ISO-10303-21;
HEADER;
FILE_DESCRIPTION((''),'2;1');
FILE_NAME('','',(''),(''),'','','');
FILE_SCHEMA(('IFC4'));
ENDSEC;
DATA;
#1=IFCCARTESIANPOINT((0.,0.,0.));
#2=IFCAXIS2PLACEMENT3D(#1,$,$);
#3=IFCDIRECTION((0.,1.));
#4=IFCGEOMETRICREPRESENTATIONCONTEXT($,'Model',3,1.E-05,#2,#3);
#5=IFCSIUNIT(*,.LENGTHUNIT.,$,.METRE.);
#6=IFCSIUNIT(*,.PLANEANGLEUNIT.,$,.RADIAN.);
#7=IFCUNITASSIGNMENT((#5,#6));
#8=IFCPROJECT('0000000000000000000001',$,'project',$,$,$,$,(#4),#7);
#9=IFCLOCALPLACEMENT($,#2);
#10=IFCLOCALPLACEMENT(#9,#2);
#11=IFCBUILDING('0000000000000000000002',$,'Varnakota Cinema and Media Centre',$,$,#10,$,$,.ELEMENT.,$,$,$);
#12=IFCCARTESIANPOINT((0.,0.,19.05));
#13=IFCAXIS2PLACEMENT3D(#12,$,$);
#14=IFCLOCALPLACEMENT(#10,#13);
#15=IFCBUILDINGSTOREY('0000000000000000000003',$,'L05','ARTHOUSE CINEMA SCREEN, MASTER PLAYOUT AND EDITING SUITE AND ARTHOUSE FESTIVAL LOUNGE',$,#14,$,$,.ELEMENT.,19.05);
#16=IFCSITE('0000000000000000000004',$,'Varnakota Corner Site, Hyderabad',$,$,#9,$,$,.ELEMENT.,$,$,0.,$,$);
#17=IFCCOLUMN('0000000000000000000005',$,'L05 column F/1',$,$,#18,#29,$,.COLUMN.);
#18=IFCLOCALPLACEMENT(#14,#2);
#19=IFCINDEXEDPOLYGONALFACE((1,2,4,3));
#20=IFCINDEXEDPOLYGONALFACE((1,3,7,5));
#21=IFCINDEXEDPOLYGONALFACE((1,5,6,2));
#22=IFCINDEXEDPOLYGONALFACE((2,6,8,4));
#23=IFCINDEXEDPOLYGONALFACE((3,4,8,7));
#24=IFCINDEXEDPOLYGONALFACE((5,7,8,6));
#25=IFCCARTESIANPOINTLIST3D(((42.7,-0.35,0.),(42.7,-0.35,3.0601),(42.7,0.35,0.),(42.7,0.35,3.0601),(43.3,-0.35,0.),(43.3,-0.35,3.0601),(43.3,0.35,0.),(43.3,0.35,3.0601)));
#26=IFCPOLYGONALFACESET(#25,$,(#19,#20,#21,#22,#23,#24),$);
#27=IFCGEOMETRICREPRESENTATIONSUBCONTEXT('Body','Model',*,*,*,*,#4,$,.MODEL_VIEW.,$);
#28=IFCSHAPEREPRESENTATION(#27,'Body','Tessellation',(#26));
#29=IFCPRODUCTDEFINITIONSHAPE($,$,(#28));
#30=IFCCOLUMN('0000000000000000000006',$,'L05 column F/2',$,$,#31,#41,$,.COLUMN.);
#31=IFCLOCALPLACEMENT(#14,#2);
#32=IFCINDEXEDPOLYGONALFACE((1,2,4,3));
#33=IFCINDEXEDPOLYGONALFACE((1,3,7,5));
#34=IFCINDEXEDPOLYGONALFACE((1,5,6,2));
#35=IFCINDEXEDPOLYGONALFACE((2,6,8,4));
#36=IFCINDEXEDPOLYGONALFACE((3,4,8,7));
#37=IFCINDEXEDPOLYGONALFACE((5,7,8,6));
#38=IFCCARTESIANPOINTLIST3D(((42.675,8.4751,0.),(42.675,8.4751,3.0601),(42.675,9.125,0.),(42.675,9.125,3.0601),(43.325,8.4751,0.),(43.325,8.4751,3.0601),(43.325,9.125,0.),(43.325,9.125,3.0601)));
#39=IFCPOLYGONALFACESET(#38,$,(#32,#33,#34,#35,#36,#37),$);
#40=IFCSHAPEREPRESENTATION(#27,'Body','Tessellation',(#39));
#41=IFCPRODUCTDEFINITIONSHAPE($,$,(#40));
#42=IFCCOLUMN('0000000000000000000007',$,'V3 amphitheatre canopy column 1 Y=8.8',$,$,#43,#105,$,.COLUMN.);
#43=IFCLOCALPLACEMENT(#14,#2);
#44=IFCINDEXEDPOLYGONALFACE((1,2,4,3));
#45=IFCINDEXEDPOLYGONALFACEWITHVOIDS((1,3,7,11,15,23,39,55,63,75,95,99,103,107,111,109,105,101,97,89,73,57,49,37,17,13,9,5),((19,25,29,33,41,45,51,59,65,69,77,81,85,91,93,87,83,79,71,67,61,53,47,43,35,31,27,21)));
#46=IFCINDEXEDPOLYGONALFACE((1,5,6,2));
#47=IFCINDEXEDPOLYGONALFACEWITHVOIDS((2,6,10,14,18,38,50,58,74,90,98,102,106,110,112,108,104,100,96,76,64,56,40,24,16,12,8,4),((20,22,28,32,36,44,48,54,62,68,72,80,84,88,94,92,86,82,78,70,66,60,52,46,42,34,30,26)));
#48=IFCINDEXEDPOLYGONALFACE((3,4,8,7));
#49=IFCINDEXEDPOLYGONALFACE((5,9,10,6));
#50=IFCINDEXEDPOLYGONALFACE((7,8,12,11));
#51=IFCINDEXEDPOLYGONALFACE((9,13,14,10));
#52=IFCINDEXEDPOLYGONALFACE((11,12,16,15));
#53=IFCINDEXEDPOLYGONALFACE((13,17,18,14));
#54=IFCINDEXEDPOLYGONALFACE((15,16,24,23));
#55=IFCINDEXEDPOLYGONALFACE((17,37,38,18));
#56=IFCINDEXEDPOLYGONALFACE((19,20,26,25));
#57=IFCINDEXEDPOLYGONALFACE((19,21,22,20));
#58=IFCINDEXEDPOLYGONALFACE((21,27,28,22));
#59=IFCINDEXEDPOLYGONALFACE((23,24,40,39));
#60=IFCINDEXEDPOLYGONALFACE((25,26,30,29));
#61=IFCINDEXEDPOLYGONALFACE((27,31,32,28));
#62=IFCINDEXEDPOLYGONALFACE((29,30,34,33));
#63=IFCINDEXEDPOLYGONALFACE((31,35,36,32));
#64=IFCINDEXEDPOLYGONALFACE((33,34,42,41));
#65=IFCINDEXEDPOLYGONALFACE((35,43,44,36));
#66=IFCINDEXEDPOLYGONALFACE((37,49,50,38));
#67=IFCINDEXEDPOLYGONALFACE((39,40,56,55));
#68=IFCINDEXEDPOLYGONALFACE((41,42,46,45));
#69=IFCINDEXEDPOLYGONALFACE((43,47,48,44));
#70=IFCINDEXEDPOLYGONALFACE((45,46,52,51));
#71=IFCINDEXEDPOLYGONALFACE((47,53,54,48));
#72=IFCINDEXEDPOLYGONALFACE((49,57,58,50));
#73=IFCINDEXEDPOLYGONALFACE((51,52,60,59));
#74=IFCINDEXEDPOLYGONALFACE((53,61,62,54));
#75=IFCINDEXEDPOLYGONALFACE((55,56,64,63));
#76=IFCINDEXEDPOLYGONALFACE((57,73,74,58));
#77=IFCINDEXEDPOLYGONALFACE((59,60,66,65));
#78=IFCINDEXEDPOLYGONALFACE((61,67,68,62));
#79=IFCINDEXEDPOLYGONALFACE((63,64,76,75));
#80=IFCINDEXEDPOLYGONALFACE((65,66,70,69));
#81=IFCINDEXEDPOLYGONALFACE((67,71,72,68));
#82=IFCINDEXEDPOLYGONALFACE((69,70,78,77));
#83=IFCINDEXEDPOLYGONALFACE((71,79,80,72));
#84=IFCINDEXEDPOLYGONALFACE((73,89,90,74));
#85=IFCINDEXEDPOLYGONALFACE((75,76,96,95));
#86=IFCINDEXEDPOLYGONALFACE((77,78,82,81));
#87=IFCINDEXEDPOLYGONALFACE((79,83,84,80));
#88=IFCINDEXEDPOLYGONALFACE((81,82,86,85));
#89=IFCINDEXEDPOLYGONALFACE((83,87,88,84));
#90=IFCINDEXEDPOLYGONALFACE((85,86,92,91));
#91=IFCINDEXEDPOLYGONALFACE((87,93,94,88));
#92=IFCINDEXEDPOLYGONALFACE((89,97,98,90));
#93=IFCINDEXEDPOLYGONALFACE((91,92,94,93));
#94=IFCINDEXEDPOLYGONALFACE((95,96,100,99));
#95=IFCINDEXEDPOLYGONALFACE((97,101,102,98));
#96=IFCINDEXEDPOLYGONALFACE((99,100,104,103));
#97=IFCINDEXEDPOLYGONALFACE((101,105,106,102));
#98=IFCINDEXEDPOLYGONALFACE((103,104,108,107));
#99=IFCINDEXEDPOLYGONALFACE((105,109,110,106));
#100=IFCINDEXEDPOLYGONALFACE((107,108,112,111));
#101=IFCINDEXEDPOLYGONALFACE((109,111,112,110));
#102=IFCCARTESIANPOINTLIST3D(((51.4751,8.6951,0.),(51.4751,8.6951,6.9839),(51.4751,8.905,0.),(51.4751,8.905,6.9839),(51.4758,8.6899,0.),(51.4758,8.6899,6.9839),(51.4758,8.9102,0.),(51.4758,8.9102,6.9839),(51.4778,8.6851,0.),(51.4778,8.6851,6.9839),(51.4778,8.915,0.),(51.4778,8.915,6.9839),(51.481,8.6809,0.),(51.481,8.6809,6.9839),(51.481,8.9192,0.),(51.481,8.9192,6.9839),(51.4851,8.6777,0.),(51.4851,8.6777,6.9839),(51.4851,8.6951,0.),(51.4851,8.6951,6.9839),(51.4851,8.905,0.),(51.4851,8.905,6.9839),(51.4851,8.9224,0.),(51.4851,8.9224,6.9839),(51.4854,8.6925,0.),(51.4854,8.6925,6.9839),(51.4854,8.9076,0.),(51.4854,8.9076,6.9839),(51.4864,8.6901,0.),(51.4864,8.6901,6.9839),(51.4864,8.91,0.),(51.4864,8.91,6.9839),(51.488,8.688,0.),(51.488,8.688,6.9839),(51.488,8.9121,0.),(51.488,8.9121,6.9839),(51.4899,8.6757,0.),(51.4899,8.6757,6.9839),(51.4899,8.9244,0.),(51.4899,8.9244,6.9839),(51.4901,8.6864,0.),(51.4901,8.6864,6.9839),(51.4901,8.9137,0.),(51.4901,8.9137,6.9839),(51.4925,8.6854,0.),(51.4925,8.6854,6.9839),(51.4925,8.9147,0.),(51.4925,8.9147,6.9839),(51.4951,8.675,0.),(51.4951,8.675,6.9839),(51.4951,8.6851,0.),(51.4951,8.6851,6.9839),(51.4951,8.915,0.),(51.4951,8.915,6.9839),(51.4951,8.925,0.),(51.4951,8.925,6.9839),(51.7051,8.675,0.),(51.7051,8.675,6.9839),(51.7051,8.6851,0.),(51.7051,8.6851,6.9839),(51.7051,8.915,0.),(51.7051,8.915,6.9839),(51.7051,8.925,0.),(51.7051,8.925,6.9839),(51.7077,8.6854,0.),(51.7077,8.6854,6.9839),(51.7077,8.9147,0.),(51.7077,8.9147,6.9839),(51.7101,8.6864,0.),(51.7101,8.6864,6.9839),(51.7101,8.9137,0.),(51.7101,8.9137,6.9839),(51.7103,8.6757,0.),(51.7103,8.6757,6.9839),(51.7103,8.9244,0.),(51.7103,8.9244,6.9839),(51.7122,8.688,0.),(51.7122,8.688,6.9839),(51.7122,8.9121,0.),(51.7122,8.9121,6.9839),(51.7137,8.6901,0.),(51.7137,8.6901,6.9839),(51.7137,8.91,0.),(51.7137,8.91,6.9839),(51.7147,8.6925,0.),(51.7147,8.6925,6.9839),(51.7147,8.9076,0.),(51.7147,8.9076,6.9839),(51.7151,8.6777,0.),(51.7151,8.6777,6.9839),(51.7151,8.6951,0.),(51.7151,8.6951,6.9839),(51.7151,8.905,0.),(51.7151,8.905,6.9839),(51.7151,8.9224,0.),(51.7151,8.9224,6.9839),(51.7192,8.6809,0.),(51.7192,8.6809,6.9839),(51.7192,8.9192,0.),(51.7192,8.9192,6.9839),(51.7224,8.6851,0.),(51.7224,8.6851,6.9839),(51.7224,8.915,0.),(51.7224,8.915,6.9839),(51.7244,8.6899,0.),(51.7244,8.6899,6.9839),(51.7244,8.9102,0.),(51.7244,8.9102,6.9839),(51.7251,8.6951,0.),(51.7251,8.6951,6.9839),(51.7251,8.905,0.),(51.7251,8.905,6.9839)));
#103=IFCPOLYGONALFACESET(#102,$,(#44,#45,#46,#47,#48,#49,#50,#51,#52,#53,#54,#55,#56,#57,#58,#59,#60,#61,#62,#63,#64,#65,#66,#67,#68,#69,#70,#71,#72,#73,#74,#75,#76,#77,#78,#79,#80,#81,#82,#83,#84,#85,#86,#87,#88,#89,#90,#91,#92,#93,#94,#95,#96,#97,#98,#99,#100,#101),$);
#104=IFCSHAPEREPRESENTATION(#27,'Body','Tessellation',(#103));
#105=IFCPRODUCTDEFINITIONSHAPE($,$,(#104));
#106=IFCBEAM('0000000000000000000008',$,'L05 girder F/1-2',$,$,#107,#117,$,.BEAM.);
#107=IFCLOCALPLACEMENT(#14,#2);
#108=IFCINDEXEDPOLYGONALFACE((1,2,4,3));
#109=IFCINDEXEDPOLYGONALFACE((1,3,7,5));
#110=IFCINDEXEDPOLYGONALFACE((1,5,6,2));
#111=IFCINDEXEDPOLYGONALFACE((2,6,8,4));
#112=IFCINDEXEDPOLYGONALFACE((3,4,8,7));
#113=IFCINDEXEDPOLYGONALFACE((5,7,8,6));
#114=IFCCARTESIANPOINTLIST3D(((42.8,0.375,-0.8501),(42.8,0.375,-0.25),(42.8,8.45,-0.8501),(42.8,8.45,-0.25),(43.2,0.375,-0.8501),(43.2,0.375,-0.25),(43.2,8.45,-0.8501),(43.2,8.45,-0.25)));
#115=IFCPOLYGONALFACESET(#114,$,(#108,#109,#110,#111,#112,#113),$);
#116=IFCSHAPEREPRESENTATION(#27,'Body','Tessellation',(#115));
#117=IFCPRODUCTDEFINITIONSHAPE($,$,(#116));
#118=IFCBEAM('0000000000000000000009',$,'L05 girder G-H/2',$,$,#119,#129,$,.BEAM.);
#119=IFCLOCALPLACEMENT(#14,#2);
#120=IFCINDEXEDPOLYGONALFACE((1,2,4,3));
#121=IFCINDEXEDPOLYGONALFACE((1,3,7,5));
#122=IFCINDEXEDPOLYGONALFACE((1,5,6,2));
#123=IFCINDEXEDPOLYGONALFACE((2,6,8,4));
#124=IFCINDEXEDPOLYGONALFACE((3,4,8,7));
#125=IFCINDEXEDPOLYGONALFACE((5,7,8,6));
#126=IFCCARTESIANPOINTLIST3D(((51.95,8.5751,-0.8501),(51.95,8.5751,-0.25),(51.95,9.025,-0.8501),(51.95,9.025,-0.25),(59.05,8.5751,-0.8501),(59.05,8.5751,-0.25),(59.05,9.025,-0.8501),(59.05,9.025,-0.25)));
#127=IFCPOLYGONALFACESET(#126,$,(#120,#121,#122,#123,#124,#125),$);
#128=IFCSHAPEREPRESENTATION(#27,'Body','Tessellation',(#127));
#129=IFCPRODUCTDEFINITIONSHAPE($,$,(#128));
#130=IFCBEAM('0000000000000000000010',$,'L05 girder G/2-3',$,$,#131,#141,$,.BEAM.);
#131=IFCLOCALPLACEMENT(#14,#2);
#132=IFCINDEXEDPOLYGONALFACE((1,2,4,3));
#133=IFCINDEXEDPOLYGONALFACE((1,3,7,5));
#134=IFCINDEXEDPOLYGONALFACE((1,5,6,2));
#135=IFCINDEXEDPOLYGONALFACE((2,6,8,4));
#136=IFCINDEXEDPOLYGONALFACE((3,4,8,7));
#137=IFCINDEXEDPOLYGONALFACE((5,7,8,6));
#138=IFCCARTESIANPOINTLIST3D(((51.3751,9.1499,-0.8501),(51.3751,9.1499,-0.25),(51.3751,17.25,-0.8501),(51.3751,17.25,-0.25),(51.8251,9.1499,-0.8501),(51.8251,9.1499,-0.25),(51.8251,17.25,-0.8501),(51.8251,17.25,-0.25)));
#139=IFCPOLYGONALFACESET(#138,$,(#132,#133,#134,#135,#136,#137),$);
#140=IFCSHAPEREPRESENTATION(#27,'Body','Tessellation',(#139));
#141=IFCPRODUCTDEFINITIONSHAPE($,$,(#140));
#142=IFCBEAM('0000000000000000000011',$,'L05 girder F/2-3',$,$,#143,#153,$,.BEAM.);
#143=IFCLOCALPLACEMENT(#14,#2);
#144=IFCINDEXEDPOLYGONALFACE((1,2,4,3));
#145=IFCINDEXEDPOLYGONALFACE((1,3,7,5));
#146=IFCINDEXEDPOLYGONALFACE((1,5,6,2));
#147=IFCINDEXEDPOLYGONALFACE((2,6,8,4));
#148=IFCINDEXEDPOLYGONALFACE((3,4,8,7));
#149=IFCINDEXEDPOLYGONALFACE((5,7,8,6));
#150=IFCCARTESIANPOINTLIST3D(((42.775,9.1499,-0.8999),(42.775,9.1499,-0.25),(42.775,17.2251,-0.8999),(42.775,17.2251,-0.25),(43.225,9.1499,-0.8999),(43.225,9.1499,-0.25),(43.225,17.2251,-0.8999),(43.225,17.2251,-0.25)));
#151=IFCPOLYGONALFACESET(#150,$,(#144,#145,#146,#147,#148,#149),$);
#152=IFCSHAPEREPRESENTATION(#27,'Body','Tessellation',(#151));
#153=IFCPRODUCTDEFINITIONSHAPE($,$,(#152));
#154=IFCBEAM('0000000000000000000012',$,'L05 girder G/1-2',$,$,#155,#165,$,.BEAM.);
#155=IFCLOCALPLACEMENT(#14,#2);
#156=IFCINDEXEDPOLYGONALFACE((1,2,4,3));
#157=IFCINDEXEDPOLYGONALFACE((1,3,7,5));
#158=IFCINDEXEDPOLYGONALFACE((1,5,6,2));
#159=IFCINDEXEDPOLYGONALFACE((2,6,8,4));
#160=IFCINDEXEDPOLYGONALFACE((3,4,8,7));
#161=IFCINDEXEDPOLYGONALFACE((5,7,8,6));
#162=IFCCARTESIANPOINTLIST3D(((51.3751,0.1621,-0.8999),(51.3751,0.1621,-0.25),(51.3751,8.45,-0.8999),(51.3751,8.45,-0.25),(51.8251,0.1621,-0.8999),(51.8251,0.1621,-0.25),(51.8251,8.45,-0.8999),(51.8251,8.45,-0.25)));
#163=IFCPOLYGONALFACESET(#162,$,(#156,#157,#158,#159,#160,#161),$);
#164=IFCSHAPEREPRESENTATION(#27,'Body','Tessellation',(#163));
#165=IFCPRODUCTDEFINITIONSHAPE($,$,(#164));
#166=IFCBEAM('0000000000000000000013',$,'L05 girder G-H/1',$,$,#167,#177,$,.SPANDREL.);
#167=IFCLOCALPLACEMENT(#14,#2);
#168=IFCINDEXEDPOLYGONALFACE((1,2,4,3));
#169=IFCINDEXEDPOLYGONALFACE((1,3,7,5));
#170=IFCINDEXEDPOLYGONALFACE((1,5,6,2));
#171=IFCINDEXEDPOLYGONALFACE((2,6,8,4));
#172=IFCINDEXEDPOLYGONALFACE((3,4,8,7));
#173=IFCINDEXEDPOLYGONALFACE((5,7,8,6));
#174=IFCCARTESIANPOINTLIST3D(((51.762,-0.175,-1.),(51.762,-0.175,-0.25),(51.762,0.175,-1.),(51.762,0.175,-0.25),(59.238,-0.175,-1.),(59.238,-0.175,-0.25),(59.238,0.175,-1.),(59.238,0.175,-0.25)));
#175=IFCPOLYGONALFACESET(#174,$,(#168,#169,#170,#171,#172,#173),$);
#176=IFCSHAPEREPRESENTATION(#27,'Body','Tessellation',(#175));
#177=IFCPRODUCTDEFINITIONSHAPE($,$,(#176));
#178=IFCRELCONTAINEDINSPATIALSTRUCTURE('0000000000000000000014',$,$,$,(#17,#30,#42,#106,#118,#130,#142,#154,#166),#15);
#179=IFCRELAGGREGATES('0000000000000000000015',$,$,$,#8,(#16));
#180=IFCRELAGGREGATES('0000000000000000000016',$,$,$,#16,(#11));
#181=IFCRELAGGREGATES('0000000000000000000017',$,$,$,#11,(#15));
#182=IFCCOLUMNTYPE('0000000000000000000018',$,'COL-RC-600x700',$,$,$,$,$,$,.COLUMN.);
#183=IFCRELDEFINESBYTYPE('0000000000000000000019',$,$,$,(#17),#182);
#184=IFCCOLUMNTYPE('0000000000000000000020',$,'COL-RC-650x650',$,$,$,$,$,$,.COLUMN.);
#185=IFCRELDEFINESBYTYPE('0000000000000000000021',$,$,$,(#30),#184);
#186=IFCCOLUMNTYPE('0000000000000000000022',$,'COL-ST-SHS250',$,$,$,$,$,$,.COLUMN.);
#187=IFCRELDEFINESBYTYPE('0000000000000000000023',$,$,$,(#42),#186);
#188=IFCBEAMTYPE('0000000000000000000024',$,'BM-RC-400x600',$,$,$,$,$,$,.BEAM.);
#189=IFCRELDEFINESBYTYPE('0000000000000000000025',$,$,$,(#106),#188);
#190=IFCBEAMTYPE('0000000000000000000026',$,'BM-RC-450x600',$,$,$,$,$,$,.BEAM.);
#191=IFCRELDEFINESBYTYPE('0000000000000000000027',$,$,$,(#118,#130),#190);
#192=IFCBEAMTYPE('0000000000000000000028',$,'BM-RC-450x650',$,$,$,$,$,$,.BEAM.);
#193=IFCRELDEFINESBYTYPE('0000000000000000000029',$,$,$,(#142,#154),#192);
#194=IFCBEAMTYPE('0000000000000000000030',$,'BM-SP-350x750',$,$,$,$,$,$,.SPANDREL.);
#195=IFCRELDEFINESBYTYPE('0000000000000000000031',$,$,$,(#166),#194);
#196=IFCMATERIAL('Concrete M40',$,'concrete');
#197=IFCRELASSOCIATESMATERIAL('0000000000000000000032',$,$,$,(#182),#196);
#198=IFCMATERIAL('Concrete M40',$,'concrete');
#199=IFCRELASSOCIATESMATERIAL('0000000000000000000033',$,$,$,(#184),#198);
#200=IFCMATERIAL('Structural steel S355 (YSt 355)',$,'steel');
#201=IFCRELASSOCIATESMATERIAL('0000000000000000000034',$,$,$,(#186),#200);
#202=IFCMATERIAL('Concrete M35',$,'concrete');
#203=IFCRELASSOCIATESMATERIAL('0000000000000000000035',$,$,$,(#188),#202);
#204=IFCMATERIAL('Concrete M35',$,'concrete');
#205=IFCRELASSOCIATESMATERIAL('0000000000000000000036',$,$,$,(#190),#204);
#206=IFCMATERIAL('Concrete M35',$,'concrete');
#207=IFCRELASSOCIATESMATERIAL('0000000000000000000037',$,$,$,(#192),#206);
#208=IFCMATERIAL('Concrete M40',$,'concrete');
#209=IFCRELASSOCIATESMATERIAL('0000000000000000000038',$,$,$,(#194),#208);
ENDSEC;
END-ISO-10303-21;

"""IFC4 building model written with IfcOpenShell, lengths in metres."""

from ifc_helpers import new_model, si_unit, direction, frame, origin, origin_2d, place, context, subcontext, project, spatial, rectangle, hollow_rectangle, extrude, material, material_profile, profile_set, type_object, element, save


model = new_model("IFC4")

# Units and contexts
model_context = context("Model", 3, precision=1e-05, world=origin(), true_north=direction((0.0, 1.0)))
body_context = subcontext(model_context, "Body", "Model", "MODEL_VIEW")
ifc_project = project(units=[si_unit("LENGTHUNIT", "METRE"), si_unit("PLANEANGLEUNIT", "RADIAN")], contexts=[model_context])

# Site, building, storey
site_placement = place(None, origin())
site = spatial("IfcSite", under=ifc_project, at=site_placement, Name="Varnakota Corner Site, Hyderabad", CompositionType="ELEMENT", RefElevation=0.0)
building_placement = place(site_placement, origin())
building = spatial("IfcBuilding", under=site, at=building_placement, Name="Varnakota Cinema and Media Centre", CompositionType="ELEMENT")
storey_placement = place(building_placement, frame((0.0, 0.0, 19.05)))
storey = spatial("IfcBuildingStorey", under=building, at=storey_placement, Name="L05", Description="ARTHOUSE CINEMA SCREEN, MASTER PLAYOUT AND EDITING SUITE AND ARTHOUSE FESTIVAL LOUNGE", CompositionType="ELEMENT", Elevation=19.05)

# Columns
ifc_material_1 = material(Name="Concrete M40", Category="concrete")
ifc_material_profile_1 = material_profile(ifc_material_1, rectangle(XDim=0.6001, YDim=0.7, at=origin_2d()), Name="RC 600x700")
ifc_profile_set_1 = profile_set([ifc_material_profile_1], Name="Concrete M40")
column_type_1 = type_object("IfcColumnType", Name="COL-RC-600x700", PredefinedType="COLUMN", material=ifc_profile_set_1)
column_1_placement = place(storey_placement, frame((43.0, 0.0, 0.0), z_axis=(0.0, 0.0, 1.0), x_axis=(1.0, 0.0, 0.0)))
element("IfcColumn", 1, at=column_1_placement, inside=storey, type_object=column_type_1, Name="L05 column F/1", PredefinedType="COLUMN", context=body_context, shape_type="SweptSolid", body=[
    extrude(rectangle(XDim=0.6001, YDim=0.7, at=origin_2d()), origin(), (0.0, 0.0, 1.0), 3.0601),
])
ifc_material_2 = material(Name="Concrete M40", Category="concrete")
ifc_material_profile_2 = material_profile(ifc_material_2, rectangle(XDim=0.6499, YDim=0.6499, at=origin_2d()), Name="RC 650x650")
ifc_profile_set_2 = profile_set([ifc_material_profile_2], Name="Concrete M40")
column_type_2 = type_object("IfcColumnType", Name="COL-RC-650x650", PredefinedType="COLUMN", material=ifc_profile_set_2)
column_2_placement = place(storey_placement, frame((43.0, 8.8, 0.0), z_axis=(0.0, 0.0, 1.0), x_axis=(1.0, 0.0, 0.0)))
element("IfcColumn", 2, at=column_2_placement, inside=storey, type_object=column_type_2, Name="L05 column F/2", PredefinedType="COLUMN", context=body_context, shape_type="SweptSolid", body=[
    extrude(rectangle(XDim=0.6499, YDim=0.6499, at=origin_2d()), origin(), (0.0, 0.0, 1.0), 3.0601),
])
ifc_material_3 = material(Name="Structural steel S355 (YSt 355)", Category="steel")
ifc_material_profile_3 = material_profile(ifc_material_3, hollow_rectangle(XDim=0.25, YDim=0.25, WallThickness=0.01, InnerFilletRadius=0.01, OuterFilletRadius=0.02, at=origin_2d()), Name="SHS 250x250x10")
ifc_profile_set_3 = profile_set([ifc_material_profile_3], Name="Structural steel S355 (YSt 355)")
column_type_3 = type_object("IfcColumnType", Name="COL-ST-SHS250", PredefinedType="COLUMN", material=ifc_profile_set_3)
column_3_placement = place(storey_placement, frame((51.6001, 8.8, 0.0), z_axis=(0.0, 0.0, 1.0), x_axis=(1.0, 0.0, 0.0)))
element("IfcColumn", 3, at=column_3_placement, inside=storey, type_object=column_type_3, Name="V3 amphitheatre canopy column 1 Y=8.8", PredefinedType="COLUMN", context=body_context, shape_type="SweptSolid", body=[
    extrude(hollow_rectangle(XDim=0.25, YDim=0.25, WallThickness=0.01, InnerFilletRadius=0.01, OuterFilletRadius=0.02, at=origin_2d()), origin(), (0.0, 0.0, 1.0), 6.9839),
])

# Beams
ifc_material_4 = material(Name="Concrete M35", Category="concrete")
ifc_material_profile_4 = material_profile(ifc_material_4, rectangle(XDim=0.3999, YDim=0.6001, at=origin_2d()), Name="RCB 400x600")
ifc_profile_set_4 = profile_set([ifc_material_profile_4], Name="Concrete M35")
beam_type_1 = type_object("IfcBeamType", Name="BM-RC-400x600", PredefinedType="BEAM", material=ifc_profile_set_4)
beam_1_placement = place(storey_placement, frame((43.0, 0.375, -0.55), z_axis=(0.0, 1.0, 0.0), x_axis=(-1.0, 0.0, 0.0)))
element("IfcBeam", 4, at=beam_1_placement, inside=storey, type_object=beam_type_1, Name="L05 girder F/1-2", PredefinedType="BEAM", context=body_context, shape_type="SweptSolid", body=[
    extrude(rectangle(XDim=0.3999, YDim=0.6001, at=origin_2d()), origin(), (0.0, 0.0, 1.0), 8.075),
])
ifc_material_5 = material(Name="Concrete M35", Category="concrete")
ifc_material_profile_5 = material_profile(ifc_material_5, rectangle(XDim=0.45, YDim=0.6001, at=origin_2d()), Name="RCB 450x600")
ifc_profile_set_5 = profile_set([ifc_material_profile_5], Name="Concrete M35")
beam_type_2 = type_object("IfcBeamType", Name="BM-RC-450x600", PredefinedType="BEAM", material=ifc_profile_set_5)
beam_2_placement = place(storey_placement, frame((51.95, 8.8, -0.55), z_axis=(1.0, 0.0, 0.0), x_axis=(0.0, 1.0, 0.0)))
element("IfcBeam", 5, at=beam_2_placement, inside=storey, type_object=beam_type_2, Name="L05 girder G-H/2", PredefinedType="BEAM", context=body_context, shape_type="SweptSolid", body=[
    extrude(rectangle(XDim=0.45, YDim=0.6001, at=origin_2d()), origin(), (0.0, 0.0, 1.0), 7.1001),
])
beam_3_placement = place(storey_placement, frame((51.6001, 9.1499, -0.55), z_axis=(0.0, 1.0, 0.0), x_axis=(-1.0, 0.0, 0.0)))
element("IfcBeam", 6, at=beam_3_placement, inside=storey, type_object=beam_type_2, Name="L05 girder G/2-3", PredefinedType="BEAM", context=body_context, shape_type="SweptSolid", body=[
    extrude(rectangle(XDim=0.45, YDim=0.6001, at=origin_2d()), origin(), (0.0, 0.0, 1.0), 8.1001),
])
ifc_material_6 = material(Name="Concrete M35", Category="concrete")
ifc_material_profile_6 = material_profile(ifc_material_6, rectangle(XDim=0.45, YDim=0.6499, at=origin_2d()), Name="RCB 450x650")
ifc_profile_set_6 = profile_set([ifc_material_profile_6], Name="Concrete M35")
beam_type_3 = type_object("IfcBeamType", Name="BM-RC-450x650", PredefinedType="BEAM", material=ifc_profile_set_6)
beam_4_placement = place(storey_placement, frame((43.0, 9.1499, -0.575), z_axis=(0.0, 1.0, 0.0), x_axis=(-1.0, 0.0, 0.0)))
element("IfcBeam", 7, at=beam_4_placement, inside=storey, type_object=beam_type_3, Name="L05 girder F/2-3", PredefinedType="BEAM", context=body_context, shape_type="SweptSolid", body=[
    extrude(rectangle(XDim=0.45, YDim=0.6499, at=origin_2d()), origin(), (0.0, 0.0, 1.0), 8.0752),
])
beam_5_placement = place(storey_placement, frame((51.6001, 0.1621, -0.575), z_axis=(0.0, 1.0, 0.0), x_axis=(-1.0, 0.0, 0.0)))
element("IfcBeam", 8, at=beam_5_placement, inside=storey, type_object=beam_type_3, Name="L05 girder G/1-2", PredefinedType="BEAM", context=body_context, shape_type="SweptSolid", body=[
    extrude(rectangle(XDim=0.45, YDim=0.6499, at=origin_2d()), origin(), (0.0, 0.0, 1.0), 8.2878),
])
ifc_material_7 = material(Name="Concrete M40", Category="concrete")
ifc_material_profile_7 = material_profile(ifc_material_7, rectangle(XDim=0.3501, YDim=0.75, at=origin_2d()), Name="RCB 350x750")
ifc_profile_set_7 = profile_set([ifc_material_profile_7], Name="Concrete M40")
beam_type_4 = type_object("IfcBeamType", Name="BM-SP-350x750", PredefinedType="SPANDREL", material=ifc_profile_set_7)
beam_6_placement = place(storey_placement, frame((51.762, 0.0, -0.625), z_axis=(1.0, 0.0, 0.0), x_axis=(0.0, 1.0, 0.0)))
element("IfcBeam", 9, at=beam_6_placement, inside=storey, type_object=beam_type_4, Name="L05 girder G-H/1", PredefinedType="SPANDREL", context=body_context, shape_type="SweptSolid", body=[
    extrude(rectangle(XDim=0.3501, YDim=0.75, at=origin_2d()), origin(), (0.0, 0.0, 1.0), 7.4761),
])

save(model, "model.ifc")
